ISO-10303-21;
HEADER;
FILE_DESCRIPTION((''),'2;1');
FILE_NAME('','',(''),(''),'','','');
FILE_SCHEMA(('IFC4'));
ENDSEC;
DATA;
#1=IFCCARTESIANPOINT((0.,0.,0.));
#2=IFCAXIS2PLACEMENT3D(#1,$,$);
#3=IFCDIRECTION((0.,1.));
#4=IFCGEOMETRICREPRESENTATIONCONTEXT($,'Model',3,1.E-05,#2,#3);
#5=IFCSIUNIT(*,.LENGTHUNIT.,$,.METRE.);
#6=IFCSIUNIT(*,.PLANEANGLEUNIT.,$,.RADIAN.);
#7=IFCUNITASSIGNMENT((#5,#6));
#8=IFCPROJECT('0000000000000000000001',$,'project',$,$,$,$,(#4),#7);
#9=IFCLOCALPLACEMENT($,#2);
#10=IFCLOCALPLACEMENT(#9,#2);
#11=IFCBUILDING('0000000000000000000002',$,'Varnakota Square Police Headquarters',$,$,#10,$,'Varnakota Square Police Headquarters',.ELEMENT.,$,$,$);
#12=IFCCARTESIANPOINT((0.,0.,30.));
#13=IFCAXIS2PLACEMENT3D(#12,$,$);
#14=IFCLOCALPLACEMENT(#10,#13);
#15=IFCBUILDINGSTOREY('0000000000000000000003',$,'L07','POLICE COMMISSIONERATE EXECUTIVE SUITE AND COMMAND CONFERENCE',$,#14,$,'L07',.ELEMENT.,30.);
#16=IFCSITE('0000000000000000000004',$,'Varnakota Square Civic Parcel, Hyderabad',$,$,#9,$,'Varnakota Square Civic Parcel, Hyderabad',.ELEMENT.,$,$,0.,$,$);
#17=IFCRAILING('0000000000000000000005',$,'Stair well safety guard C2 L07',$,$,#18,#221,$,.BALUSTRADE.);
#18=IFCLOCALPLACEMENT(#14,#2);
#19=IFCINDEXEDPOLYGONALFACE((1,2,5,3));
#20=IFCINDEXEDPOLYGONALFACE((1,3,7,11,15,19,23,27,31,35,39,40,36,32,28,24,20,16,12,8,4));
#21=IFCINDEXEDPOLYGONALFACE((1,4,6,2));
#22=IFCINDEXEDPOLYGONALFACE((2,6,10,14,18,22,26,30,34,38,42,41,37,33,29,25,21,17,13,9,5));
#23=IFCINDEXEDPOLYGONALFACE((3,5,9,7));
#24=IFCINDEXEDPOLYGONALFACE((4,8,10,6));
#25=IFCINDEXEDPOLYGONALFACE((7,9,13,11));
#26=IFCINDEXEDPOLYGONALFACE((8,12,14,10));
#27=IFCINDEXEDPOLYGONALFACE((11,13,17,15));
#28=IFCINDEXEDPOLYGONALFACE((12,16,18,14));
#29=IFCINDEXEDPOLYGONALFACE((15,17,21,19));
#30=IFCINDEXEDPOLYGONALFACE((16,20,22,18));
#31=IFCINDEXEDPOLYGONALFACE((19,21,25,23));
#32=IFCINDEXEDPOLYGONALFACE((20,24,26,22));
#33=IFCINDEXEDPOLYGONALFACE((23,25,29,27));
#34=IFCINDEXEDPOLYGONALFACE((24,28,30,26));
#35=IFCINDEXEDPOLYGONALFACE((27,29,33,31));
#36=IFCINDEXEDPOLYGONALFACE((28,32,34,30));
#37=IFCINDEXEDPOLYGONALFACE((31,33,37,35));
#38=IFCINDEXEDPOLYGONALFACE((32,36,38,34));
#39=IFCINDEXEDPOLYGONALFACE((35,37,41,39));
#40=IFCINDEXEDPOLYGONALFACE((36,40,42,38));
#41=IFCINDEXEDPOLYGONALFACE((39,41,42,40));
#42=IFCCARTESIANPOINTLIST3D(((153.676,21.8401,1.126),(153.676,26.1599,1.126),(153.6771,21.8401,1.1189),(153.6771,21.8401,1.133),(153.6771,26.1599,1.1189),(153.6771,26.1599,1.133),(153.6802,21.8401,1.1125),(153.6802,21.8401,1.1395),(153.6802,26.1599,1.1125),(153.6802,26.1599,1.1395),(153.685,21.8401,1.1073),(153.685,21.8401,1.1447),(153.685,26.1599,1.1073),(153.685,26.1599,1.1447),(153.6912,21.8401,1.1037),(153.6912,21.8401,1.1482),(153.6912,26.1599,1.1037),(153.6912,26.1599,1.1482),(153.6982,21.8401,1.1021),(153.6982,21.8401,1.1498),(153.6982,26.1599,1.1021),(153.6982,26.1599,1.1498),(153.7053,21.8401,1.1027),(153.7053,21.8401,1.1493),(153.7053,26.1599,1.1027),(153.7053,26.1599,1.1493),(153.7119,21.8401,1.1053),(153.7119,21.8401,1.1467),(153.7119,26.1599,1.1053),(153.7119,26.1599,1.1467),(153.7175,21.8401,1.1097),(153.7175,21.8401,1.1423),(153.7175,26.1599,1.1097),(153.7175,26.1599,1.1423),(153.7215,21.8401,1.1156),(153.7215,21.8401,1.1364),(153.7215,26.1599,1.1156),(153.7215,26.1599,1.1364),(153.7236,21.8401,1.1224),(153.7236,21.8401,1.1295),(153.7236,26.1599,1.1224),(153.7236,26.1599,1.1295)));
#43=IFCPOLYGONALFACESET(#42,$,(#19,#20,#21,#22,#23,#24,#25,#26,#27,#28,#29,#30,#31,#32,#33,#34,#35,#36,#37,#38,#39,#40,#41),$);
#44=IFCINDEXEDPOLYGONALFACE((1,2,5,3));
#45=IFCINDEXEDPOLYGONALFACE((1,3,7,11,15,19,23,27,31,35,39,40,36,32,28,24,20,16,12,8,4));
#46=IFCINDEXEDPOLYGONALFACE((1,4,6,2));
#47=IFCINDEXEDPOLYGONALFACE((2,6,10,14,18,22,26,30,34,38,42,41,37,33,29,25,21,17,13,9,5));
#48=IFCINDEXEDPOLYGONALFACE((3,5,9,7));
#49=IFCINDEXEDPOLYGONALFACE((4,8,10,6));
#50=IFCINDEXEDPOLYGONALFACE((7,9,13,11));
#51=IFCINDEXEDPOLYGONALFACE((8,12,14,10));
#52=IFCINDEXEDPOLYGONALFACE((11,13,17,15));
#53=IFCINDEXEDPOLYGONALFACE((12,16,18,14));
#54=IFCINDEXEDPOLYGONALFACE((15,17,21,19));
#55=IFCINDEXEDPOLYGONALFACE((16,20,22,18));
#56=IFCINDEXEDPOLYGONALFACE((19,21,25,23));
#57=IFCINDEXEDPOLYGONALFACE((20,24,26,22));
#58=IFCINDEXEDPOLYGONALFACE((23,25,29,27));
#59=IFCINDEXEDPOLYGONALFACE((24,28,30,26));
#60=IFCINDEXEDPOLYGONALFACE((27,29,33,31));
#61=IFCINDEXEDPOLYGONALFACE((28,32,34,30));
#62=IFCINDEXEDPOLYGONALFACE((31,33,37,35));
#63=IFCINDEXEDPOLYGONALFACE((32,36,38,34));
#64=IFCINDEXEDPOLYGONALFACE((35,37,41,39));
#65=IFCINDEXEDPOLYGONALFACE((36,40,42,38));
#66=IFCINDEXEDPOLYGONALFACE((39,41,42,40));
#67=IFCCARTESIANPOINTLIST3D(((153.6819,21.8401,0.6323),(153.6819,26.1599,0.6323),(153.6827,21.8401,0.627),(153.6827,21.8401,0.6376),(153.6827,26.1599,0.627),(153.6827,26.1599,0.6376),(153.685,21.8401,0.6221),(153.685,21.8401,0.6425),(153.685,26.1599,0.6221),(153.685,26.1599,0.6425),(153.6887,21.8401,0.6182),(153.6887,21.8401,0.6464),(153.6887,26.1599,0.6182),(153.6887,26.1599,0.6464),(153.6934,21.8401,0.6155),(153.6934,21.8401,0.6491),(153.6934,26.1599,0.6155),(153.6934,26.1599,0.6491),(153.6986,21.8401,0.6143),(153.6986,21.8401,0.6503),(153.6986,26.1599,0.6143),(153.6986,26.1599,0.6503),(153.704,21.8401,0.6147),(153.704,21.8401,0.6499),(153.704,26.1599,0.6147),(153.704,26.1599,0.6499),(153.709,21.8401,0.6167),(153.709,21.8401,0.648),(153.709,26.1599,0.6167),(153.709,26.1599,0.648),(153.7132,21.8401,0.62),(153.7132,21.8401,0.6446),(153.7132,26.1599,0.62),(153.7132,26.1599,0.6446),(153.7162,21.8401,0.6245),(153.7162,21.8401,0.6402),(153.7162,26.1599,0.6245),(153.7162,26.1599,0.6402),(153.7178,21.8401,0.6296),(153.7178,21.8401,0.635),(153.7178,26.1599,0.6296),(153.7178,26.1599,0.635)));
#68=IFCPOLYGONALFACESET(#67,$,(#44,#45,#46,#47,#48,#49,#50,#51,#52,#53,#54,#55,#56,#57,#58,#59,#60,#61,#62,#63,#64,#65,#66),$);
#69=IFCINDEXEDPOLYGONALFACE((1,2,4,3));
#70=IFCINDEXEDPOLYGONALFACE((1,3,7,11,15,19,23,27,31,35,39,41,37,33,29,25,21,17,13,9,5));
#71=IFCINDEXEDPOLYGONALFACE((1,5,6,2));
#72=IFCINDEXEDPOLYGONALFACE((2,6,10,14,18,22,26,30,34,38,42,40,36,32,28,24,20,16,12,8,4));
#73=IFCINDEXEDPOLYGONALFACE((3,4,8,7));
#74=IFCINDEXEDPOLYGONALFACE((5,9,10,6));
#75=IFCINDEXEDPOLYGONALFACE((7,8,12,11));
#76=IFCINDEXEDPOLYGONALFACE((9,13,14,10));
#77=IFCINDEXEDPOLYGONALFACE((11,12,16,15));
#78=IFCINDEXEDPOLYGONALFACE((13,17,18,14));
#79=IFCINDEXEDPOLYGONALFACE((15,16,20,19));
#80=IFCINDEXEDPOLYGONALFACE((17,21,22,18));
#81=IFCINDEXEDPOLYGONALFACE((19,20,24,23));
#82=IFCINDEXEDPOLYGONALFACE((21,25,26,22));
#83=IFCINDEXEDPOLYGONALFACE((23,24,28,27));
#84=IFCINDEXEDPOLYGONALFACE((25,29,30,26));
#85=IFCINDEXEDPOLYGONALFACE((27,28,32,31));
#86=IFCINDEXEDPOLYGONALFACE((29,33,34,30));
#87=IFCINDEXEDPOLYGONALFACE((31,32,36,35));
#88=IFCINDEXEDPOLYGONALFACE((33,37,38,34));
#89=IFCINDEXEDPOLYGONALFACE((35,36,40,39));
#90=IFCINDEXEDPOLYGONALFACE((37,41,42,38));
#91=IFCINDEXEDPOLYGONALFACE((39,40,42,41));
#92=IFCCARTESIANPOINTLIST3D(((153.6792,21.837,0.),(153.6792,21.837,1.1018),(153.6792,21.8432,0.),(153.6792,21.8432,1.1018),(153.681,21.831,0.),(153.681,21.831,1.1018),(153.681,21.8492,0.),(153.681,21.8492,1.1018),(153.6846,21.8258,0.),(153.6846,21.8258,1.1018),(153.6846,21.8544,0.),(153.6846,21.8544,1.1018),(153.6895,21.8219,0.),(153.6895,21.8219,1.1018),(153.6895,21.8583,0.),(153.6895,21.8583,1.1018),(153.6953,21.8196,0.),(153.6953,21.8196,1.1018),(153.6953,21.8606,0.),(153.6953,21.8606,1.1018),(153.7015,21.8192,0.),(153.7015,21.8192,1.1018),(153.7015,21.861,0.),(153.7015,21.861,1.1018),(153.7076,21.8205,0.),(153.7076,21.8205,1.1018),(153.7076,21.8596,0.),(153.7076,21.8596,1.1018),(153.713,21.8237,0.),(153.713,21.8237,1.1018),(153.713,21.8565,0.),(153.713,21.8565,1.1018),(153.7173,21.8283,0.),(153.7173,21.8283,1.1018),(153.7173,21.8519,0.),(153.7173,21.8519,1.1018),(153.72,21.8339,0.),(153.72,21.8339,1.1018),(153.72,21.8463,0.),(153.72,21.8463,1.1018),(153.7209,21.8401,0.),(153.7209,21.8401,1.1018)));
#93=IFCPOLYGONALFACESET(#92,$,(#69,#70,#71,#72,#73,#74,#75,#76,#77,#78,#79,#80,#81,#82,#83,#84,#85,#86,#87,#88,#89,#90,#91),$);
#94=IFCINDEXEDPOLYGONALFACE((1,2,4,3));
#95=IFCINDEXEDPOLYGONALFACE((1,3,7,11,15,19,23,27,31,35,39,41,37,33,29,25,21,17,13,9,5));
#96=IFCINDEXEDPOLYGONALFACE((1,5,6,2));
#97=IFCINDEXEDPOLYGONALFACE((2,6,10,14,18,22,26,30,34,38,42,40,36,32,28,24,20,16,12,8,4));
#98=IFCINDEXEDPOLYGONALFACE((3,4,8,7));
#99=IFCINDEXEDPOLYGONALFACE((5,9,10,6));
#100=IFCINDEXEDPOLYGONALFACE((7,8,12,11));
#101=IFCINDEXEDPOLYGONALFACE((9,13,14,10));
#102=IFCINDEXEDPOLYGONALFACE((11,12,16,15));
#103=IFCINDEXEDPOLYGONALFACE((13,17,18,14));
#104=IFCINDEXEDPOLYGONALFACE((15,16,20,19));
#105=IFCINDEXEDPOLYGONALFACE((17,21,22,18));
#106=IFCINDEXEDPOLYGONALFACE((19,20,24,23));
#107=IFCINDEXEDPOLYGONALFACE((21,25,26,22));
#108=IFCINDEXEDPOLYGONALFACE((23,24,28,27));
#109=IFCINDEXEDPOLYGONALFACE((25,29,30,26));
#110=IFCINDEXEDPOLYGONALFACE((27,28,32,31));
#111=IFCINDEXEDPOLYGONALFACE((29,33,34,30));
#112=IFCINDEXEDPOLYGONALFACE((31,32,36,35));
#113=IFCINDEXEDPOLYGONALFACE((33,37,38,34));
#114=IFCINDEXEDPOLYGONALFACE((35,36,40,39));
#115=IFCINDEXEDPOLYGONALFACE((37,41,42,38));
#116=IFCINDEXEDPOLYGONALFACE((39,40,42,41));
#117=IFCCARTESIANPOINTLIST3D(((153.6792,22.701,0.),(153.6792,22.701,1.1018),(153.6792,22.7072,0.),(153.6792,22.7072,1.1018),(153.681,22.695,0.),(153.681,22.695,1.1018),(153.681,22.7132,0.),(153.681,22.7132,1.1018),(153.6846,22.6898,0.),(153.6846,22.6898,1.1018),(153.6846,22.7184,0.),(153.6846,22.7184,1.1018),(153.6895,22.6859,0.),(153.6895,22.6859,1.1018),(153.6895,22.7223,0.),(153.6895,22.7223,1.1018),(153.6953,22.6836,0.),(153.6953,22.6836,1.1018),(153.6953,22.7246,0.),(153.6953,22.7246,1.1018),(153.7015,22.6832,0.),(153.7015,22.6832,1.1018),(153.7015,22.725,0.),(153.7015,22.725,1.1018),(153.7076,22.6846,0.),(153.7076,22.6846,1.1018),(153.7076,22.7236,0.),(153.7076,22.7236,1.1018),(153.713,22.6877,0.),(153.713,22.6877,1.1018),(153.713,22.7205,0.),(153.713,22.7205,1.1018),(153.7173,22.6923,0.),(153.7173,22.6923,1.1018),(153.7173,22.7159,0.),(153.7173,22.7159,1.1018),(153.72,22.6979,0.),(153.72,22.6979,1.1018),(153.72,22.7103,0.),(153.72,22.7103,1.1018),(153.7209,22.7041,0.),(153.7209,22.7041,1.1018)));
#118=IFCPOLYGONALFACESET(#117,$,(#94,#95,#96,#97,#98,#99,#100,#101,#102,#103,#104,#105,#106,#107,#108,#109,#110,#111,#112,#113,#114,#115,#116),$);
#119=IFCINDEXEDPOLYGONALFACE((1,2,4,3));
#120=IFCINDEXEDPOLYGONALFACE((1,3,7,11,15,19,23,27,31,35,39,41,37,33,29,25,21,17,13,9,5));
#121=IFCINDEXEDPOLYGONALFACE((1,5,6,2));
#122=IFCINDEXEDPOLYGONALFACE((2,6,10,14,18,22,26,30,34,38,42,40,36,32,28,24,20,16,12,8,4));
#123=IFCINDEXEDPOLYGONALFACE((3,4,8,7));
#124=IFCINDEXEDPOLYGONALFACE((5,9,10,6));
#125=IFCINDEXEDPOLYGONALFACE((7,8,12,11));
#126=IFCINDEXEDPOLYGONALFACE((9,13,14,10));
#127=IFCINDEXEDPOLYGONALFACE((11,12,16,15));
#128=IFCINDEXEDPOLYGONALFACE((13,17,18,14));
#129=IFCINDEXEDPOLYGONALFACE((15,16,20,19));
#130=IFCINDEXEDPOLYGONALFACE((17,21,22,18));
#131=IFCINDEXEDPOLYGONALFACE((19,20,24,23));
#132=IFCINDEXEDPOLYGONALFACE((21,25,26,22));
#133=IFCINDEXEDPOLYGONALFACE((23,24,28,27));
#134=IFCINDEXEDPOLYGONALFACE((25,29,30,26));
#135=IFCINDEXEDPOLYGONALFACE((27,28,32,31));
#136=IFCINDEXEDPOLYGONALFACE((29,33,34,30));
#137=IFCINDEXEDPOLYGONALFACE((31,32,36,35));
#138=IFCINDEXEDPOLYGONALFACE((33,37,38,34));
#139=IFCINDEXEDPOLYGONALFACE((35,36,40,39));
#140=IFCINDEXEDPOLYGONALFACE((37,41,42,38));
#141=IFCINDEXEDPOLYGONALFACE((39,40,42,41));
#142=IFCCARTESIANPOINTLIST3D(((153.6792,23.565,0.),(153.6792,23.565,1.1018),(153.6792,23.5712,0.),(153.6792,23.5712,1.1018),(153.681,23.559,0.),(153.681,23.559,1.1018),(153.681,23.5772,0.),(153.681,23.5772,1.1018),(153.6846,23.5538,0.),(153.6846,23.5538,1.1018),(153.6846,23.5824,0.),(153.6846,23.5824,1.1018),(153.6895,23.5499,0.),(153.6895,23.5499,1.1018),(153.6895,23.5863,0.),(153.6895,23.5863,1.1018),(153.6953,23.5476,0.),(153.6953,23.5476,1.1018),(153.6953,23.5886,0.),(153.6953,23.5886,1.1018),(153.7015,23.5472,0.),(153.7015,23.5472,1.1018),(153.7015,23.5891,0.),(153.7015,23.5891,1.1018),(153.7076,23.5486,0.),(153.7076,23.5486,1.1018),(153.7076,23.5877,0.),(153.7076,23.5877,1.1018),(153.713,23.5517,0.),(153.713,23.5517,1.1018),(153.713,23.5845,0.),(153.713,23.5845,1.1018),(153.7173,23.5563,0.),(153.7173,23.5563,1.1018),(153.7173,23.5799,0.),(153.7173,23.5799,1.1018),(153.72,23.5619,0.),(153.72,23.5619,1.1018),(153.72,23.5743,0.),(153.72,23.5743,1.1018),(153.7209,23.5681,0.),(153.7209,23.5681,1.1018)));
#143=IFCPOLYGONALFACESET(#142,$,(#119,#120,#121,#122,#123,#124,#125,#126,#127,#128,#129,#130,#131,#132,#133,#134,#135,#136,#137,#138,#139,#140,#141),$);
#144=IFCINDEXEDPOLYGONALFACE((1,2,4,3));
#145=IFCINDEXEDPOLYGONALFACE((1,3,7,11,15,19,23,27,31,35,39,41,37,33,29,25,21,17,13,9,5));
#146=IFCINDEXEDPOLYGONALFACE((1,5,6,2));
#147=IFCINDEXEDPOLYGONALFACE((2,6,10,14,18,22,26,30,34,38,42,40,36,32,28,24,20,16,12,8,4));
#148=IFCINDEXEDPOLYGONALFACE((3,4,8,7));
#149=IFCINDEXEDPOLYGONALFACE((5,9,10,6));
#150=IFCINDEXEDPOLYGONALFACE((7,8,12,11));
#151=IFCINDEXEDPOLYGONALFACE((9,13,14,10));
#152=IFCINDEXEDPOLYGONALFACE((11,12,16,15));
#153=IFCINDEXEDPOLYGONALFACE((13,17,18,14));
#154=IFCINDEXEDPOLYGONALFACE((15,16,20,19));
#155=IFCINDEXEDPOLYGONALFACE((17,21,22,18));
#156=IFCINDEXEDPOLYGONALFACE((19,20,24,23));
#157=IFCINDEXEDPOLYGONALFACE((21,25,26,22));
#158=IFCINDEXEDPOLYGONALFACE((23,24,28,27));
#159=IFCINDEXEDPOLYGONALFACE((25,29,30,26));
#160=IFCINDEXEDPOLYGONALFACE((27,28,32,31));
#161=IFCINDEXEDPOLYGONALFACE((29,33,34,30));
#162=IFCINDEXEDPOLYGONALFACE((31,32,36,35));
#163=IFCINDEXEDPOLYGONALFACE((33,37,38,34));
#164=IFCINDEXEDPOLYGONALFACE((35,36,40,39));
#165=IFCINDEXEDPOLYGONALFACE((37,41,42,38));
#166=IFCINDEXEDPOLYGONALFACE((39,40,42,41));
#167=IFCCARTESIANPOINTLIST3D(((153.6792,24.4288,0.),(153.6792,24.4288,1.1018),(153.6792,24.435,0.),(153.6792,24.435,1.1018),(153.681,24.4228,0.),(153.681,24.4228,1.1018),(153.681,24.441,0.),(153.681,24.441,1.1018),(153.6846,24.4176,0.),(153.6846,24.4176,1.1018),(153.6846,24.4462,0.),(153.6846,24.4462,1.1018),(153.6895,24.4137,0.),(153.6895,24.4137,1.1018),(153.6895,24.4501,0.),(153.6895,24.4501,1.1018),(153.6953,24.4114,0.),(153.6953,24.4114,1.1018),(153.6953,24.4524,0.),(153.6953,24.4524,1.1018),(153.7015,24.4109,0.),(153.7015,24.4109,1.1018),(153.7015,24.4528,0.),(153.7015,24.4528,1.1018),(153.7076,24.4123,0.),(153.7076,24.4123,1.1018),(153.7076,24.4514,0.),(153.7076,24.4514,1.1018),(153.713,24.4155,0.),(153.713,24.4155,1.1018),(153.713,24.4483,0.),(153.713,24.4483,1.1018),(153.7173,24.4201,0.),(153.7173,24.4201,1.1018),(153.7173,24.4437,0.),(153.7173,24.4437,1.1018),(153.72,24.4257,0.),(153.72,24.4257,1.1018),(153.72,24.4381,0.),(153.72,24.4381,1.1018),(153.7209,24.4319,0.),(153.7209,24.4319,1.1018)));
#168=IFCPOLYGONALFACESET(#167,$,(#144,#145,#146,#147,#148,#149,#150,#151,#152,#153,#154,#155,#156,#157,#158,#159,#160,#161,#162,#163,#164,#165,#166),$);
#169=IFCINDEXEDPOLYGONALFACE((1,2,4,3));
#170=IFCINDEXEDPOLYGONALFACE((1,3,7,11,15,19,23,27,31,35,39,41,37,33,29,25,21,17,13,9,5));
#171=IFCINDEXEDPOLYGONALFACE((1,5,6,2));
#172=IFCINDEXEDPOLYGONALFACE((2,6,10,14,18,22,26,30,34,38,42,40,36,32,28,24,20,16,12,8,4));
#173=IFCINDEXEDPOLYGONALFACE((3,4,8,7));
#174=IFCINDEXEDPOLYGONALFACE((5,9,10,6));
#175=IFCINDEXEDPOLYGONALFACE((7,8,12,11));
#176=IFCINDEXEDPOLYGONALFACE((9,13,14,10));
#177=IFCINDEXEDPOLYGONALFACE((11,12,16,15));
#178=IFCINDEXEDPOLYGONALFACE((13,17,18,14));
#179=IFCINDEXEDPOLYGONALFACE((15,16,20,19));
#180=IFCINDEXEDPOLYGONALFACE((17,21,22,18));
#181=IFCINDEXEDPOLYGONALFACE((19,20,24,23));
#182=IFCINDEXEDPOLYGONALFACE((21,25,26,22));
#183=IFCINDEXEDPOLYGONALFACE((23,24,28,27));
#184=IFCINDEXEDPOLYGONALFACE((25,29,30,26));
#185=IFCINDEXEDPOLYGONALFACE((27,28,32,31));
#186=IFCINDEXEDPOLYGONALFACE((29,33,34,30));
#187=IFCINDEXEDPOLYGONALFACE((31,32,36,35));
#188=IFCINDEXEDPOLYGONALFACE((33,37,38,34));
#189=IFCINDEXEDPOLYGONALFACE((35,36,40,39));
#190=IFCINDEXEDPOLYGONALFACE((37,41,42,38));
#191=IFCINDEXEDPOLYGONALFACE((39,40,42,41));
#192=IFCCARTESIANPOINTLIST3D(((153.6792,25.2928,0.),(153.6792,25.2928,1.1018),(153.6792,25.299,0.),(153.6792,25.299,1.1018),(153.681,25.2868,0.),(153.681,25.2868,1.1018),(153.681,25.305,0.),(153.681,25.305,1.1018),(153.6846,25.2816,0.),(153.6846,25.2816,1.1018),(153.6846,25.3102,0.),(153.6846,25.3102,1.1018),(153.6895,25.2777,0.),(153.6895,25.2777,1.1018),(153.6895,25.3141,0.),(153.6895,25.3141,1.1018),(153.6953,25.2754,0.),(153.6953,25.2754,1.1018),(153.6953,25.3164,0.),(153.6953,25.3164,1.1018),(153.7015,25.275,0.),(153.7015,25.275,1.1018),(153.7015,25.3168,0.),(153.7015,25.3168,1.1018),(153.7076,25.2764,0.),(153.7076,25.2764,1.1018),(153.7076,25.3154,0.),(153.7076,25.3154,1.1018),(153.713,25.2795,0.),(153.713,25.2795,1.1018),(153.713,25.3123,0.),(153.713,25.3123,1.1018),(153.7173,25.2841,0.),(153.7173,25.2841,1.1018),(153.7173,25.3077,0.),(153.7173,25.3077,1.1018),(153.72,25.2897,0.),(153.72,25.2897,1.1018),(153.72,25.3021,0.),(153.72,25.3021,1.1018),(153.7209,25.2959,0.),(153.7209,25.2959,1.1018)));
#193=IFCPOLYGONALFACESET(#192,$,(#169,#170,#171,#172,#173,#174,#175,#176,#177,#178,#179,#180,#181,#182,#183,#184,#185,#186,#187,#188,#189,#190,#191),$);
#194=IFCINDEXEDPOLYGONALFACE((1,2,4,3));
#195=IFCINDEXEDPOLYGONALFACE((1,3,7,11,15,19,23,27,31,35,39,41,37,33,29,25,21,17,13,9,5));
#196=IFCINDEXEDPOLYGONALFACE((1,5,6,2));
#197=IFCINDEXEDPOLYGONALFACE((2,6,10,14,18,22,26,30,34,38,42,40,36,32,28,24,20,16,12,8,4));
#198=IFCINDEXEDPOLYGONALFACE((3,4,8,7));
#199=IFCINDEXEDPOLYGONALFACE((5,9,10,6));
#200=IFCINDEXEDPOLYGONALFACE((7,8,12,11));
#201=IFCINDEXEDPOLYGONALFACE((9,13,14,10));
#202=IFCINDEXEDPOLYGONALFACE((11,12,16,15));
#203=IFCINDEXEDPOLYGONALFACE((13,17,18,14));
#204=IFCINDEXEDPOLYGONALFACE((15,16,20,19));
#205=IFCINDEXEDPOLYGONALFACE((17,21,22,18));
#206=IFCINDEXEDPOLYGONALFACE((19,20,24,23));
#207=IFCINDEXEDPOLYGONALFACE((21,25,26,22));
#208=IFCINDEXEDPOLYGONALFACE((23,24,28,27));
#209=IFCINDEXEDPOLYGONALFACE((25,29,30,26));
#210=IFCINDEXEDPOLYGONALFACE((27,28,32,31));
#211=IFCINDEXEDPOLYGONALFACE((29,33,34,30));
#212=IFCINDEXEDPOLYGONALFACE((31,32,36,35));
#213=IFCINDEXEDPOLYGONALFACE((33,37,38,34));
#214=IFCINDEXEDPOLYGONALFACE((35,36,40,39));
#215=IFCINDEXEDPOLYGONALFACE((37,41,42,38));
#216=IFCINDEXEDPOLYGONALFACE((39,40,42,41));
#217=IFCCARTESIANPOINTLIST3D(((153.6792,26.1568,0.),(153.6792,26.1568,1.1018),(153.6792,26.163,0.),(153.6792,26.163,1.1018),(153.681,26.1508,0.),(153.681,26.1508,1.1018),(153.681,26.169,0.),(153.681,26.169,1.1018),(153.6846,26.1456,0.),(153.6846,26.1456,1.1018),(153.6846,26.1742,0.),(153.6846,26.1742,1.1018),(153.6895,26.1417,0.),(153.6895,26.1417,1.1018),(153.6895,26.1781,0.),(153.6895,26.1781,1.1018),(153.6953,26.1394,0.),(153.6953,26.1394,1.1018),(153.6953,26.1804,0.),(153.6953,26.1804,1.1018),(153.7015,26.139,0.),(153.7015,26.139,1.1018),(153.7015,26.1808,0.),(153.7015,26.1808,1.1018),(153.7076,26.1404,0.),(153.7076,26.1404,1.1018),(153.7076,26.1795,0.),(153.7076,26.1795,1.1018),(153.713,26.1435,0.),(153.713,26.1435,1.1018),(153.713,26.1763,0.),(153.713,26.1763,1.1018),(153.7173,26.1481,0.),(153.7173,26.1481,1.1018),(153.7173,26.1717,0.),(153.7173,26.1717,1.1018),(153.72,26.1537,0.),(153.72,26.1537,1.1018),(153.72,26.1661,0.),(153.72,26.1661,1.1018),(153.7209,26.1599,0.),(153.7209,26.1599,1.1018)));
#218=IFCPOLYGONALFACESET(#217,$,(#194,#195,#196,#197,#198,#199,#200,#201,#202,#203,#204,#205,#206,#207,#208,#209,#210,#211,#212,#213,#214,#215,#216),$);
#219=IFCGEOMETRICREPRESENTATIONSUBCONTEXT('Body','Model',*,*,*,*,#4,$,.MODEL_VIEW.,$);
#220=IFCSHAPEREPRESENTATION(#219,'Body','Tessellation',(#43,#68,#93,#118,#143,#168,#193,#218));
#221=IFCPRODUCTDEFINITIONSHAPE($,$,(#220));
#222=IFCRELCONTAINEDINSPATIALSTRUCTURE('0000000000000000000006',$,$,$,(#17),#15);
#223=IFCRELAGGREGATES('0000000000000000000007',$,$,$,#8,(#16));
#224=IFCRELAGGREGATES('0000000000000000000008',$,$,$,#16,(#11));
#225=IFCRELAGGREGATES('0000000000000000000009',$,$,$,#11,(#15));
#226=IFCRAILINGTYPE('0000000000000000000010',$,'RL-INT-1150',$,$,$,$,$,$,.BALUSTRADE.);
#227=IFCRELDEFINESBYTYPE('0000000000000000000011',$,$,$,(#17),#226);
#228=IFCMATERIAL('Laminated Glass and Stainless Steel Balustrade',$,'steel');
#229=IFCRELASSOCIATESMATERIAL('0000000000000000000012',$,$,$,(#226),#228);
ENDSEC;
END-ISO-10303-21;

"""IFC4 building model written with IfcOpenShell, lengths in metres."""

from ifc_helpers import new_model, si_unit, direction, frame, origin, origin_2d, place, context, subcontext, project, spatial, circle, extrude, material, type_object, element, save


model = new_model("IFC4")

# Units and contexts
model_context = context("Model", 3, precision=1e-05, world=origin(), true_north=direction((0.0, 1.0)))
body_context = subcontext(model_context, "Body", "Model", "MODEL_VIEW")
ifc_project = project(units=[si_unit("LENGTHUNIT", "METRE"), si_unit("PLANEANGLEUNIT", "RADIAN")], contexts=[model_context])

# Site, building, storey
site_placement = place(None, origin())
site = spatial("IfcSite", under=ifc_project, at=site_placement, Name="Varnakota Square Civic Parcel, Hyderabad", LongName="Varnakota Square Civic Parcel, Hyderabad", CompositionType="ELEMENT", RefElevation=0.0)
building_placement = place(site_placement, origin())
building = spatial("IfcBuilding", under=site, at=building_placement, Name="Varnakota Square Police Headquarters", LongName="Varnakota Square Police Headquarters", CompositionType="ELEMENT")
storey_placement = place(building_placement, frame((0.0, 0.0, 30.0)))
storey = spatial("IfcBuildingStorey", under=building, at=storey_placement, Name="L07", Description="POLICE COMMISSIONERATE EXECUTIVE SUITE AND COMMAND CONFERENCE", LongName="L07", CompositionType="ELEMENT", Elevation=30.0)

# Railing
ifc_material_1 = material(Name="Laminated Glass and Stainless Steel Balustrade", Category="steel")
railing_type = type_object("IfcRailingType", Name="RL-INT-1150", PredefinedType="BALUSTRADE", material=ifc_material_1)
railing_placement = place(storey_placement, frame((153.7, 21.8401, 0.0)))
element("IfcRailing", 1, at=railing_placement, inside=storey, type_object=railing_type, Name="Stair well safety guard C2 L07", PredefinedType="BALUSTRADE", context=body_context, shape_type="SweptSolid", body=[
    extrude(circle(Radius=0.0239, at=origin_2d()), frame((0.0, 0.0, 1.126), z_axis=(0.0, 1.0, 0.0), x_axis=(-1.0, 0.0, 0.0)), (0.0, 0.0, 1.0), 4.3198),
    extrude(circle(Radius=0.0181, at=origin_2d()), frame((0.0, 0.0, 0.6323), z_axis=(0.0, 1.0, 0.0), x_axis=(-1.0, 0.0, 0.0)), (0.0, 0.0, 1.0), 4.3198),
    extrude(circle(Radius=0.021, at=origin_2d()), origin(), (0.0, 0.0, 1.0), 1.1018),
    extrude(circle(Radius=0.021, at=origin_2d()), frame((0.0, 0.864, 0.0)), (0.0, 0.0, 1.0), 1.1018),
    extrude(circle(Radius=0.021, at=origin_2d()), frame((0.0, 1.728, 0.0)), (0.0, 0.0, 1.0), 1.1018),
    extrude(circle(Radius=0.021, at=origin_2d()), frame((0.0, 2.5918, 0.0)), (0.0, 0.0, 1.0), 1.1018),
    extrude(circle(Radius=0.021, at=origin_2d()), frame((0.0, 3.4558, 0.0)), (0.0, 0.0, 1.0), 1.1018),
    extrude(circle(Radius=0.021, at=origin_2d()), frame((0.0, 4.3198, 0.0)), (0.0, 0.0, 1.0), 1.1018),
])

save(model, "model.ifc")
